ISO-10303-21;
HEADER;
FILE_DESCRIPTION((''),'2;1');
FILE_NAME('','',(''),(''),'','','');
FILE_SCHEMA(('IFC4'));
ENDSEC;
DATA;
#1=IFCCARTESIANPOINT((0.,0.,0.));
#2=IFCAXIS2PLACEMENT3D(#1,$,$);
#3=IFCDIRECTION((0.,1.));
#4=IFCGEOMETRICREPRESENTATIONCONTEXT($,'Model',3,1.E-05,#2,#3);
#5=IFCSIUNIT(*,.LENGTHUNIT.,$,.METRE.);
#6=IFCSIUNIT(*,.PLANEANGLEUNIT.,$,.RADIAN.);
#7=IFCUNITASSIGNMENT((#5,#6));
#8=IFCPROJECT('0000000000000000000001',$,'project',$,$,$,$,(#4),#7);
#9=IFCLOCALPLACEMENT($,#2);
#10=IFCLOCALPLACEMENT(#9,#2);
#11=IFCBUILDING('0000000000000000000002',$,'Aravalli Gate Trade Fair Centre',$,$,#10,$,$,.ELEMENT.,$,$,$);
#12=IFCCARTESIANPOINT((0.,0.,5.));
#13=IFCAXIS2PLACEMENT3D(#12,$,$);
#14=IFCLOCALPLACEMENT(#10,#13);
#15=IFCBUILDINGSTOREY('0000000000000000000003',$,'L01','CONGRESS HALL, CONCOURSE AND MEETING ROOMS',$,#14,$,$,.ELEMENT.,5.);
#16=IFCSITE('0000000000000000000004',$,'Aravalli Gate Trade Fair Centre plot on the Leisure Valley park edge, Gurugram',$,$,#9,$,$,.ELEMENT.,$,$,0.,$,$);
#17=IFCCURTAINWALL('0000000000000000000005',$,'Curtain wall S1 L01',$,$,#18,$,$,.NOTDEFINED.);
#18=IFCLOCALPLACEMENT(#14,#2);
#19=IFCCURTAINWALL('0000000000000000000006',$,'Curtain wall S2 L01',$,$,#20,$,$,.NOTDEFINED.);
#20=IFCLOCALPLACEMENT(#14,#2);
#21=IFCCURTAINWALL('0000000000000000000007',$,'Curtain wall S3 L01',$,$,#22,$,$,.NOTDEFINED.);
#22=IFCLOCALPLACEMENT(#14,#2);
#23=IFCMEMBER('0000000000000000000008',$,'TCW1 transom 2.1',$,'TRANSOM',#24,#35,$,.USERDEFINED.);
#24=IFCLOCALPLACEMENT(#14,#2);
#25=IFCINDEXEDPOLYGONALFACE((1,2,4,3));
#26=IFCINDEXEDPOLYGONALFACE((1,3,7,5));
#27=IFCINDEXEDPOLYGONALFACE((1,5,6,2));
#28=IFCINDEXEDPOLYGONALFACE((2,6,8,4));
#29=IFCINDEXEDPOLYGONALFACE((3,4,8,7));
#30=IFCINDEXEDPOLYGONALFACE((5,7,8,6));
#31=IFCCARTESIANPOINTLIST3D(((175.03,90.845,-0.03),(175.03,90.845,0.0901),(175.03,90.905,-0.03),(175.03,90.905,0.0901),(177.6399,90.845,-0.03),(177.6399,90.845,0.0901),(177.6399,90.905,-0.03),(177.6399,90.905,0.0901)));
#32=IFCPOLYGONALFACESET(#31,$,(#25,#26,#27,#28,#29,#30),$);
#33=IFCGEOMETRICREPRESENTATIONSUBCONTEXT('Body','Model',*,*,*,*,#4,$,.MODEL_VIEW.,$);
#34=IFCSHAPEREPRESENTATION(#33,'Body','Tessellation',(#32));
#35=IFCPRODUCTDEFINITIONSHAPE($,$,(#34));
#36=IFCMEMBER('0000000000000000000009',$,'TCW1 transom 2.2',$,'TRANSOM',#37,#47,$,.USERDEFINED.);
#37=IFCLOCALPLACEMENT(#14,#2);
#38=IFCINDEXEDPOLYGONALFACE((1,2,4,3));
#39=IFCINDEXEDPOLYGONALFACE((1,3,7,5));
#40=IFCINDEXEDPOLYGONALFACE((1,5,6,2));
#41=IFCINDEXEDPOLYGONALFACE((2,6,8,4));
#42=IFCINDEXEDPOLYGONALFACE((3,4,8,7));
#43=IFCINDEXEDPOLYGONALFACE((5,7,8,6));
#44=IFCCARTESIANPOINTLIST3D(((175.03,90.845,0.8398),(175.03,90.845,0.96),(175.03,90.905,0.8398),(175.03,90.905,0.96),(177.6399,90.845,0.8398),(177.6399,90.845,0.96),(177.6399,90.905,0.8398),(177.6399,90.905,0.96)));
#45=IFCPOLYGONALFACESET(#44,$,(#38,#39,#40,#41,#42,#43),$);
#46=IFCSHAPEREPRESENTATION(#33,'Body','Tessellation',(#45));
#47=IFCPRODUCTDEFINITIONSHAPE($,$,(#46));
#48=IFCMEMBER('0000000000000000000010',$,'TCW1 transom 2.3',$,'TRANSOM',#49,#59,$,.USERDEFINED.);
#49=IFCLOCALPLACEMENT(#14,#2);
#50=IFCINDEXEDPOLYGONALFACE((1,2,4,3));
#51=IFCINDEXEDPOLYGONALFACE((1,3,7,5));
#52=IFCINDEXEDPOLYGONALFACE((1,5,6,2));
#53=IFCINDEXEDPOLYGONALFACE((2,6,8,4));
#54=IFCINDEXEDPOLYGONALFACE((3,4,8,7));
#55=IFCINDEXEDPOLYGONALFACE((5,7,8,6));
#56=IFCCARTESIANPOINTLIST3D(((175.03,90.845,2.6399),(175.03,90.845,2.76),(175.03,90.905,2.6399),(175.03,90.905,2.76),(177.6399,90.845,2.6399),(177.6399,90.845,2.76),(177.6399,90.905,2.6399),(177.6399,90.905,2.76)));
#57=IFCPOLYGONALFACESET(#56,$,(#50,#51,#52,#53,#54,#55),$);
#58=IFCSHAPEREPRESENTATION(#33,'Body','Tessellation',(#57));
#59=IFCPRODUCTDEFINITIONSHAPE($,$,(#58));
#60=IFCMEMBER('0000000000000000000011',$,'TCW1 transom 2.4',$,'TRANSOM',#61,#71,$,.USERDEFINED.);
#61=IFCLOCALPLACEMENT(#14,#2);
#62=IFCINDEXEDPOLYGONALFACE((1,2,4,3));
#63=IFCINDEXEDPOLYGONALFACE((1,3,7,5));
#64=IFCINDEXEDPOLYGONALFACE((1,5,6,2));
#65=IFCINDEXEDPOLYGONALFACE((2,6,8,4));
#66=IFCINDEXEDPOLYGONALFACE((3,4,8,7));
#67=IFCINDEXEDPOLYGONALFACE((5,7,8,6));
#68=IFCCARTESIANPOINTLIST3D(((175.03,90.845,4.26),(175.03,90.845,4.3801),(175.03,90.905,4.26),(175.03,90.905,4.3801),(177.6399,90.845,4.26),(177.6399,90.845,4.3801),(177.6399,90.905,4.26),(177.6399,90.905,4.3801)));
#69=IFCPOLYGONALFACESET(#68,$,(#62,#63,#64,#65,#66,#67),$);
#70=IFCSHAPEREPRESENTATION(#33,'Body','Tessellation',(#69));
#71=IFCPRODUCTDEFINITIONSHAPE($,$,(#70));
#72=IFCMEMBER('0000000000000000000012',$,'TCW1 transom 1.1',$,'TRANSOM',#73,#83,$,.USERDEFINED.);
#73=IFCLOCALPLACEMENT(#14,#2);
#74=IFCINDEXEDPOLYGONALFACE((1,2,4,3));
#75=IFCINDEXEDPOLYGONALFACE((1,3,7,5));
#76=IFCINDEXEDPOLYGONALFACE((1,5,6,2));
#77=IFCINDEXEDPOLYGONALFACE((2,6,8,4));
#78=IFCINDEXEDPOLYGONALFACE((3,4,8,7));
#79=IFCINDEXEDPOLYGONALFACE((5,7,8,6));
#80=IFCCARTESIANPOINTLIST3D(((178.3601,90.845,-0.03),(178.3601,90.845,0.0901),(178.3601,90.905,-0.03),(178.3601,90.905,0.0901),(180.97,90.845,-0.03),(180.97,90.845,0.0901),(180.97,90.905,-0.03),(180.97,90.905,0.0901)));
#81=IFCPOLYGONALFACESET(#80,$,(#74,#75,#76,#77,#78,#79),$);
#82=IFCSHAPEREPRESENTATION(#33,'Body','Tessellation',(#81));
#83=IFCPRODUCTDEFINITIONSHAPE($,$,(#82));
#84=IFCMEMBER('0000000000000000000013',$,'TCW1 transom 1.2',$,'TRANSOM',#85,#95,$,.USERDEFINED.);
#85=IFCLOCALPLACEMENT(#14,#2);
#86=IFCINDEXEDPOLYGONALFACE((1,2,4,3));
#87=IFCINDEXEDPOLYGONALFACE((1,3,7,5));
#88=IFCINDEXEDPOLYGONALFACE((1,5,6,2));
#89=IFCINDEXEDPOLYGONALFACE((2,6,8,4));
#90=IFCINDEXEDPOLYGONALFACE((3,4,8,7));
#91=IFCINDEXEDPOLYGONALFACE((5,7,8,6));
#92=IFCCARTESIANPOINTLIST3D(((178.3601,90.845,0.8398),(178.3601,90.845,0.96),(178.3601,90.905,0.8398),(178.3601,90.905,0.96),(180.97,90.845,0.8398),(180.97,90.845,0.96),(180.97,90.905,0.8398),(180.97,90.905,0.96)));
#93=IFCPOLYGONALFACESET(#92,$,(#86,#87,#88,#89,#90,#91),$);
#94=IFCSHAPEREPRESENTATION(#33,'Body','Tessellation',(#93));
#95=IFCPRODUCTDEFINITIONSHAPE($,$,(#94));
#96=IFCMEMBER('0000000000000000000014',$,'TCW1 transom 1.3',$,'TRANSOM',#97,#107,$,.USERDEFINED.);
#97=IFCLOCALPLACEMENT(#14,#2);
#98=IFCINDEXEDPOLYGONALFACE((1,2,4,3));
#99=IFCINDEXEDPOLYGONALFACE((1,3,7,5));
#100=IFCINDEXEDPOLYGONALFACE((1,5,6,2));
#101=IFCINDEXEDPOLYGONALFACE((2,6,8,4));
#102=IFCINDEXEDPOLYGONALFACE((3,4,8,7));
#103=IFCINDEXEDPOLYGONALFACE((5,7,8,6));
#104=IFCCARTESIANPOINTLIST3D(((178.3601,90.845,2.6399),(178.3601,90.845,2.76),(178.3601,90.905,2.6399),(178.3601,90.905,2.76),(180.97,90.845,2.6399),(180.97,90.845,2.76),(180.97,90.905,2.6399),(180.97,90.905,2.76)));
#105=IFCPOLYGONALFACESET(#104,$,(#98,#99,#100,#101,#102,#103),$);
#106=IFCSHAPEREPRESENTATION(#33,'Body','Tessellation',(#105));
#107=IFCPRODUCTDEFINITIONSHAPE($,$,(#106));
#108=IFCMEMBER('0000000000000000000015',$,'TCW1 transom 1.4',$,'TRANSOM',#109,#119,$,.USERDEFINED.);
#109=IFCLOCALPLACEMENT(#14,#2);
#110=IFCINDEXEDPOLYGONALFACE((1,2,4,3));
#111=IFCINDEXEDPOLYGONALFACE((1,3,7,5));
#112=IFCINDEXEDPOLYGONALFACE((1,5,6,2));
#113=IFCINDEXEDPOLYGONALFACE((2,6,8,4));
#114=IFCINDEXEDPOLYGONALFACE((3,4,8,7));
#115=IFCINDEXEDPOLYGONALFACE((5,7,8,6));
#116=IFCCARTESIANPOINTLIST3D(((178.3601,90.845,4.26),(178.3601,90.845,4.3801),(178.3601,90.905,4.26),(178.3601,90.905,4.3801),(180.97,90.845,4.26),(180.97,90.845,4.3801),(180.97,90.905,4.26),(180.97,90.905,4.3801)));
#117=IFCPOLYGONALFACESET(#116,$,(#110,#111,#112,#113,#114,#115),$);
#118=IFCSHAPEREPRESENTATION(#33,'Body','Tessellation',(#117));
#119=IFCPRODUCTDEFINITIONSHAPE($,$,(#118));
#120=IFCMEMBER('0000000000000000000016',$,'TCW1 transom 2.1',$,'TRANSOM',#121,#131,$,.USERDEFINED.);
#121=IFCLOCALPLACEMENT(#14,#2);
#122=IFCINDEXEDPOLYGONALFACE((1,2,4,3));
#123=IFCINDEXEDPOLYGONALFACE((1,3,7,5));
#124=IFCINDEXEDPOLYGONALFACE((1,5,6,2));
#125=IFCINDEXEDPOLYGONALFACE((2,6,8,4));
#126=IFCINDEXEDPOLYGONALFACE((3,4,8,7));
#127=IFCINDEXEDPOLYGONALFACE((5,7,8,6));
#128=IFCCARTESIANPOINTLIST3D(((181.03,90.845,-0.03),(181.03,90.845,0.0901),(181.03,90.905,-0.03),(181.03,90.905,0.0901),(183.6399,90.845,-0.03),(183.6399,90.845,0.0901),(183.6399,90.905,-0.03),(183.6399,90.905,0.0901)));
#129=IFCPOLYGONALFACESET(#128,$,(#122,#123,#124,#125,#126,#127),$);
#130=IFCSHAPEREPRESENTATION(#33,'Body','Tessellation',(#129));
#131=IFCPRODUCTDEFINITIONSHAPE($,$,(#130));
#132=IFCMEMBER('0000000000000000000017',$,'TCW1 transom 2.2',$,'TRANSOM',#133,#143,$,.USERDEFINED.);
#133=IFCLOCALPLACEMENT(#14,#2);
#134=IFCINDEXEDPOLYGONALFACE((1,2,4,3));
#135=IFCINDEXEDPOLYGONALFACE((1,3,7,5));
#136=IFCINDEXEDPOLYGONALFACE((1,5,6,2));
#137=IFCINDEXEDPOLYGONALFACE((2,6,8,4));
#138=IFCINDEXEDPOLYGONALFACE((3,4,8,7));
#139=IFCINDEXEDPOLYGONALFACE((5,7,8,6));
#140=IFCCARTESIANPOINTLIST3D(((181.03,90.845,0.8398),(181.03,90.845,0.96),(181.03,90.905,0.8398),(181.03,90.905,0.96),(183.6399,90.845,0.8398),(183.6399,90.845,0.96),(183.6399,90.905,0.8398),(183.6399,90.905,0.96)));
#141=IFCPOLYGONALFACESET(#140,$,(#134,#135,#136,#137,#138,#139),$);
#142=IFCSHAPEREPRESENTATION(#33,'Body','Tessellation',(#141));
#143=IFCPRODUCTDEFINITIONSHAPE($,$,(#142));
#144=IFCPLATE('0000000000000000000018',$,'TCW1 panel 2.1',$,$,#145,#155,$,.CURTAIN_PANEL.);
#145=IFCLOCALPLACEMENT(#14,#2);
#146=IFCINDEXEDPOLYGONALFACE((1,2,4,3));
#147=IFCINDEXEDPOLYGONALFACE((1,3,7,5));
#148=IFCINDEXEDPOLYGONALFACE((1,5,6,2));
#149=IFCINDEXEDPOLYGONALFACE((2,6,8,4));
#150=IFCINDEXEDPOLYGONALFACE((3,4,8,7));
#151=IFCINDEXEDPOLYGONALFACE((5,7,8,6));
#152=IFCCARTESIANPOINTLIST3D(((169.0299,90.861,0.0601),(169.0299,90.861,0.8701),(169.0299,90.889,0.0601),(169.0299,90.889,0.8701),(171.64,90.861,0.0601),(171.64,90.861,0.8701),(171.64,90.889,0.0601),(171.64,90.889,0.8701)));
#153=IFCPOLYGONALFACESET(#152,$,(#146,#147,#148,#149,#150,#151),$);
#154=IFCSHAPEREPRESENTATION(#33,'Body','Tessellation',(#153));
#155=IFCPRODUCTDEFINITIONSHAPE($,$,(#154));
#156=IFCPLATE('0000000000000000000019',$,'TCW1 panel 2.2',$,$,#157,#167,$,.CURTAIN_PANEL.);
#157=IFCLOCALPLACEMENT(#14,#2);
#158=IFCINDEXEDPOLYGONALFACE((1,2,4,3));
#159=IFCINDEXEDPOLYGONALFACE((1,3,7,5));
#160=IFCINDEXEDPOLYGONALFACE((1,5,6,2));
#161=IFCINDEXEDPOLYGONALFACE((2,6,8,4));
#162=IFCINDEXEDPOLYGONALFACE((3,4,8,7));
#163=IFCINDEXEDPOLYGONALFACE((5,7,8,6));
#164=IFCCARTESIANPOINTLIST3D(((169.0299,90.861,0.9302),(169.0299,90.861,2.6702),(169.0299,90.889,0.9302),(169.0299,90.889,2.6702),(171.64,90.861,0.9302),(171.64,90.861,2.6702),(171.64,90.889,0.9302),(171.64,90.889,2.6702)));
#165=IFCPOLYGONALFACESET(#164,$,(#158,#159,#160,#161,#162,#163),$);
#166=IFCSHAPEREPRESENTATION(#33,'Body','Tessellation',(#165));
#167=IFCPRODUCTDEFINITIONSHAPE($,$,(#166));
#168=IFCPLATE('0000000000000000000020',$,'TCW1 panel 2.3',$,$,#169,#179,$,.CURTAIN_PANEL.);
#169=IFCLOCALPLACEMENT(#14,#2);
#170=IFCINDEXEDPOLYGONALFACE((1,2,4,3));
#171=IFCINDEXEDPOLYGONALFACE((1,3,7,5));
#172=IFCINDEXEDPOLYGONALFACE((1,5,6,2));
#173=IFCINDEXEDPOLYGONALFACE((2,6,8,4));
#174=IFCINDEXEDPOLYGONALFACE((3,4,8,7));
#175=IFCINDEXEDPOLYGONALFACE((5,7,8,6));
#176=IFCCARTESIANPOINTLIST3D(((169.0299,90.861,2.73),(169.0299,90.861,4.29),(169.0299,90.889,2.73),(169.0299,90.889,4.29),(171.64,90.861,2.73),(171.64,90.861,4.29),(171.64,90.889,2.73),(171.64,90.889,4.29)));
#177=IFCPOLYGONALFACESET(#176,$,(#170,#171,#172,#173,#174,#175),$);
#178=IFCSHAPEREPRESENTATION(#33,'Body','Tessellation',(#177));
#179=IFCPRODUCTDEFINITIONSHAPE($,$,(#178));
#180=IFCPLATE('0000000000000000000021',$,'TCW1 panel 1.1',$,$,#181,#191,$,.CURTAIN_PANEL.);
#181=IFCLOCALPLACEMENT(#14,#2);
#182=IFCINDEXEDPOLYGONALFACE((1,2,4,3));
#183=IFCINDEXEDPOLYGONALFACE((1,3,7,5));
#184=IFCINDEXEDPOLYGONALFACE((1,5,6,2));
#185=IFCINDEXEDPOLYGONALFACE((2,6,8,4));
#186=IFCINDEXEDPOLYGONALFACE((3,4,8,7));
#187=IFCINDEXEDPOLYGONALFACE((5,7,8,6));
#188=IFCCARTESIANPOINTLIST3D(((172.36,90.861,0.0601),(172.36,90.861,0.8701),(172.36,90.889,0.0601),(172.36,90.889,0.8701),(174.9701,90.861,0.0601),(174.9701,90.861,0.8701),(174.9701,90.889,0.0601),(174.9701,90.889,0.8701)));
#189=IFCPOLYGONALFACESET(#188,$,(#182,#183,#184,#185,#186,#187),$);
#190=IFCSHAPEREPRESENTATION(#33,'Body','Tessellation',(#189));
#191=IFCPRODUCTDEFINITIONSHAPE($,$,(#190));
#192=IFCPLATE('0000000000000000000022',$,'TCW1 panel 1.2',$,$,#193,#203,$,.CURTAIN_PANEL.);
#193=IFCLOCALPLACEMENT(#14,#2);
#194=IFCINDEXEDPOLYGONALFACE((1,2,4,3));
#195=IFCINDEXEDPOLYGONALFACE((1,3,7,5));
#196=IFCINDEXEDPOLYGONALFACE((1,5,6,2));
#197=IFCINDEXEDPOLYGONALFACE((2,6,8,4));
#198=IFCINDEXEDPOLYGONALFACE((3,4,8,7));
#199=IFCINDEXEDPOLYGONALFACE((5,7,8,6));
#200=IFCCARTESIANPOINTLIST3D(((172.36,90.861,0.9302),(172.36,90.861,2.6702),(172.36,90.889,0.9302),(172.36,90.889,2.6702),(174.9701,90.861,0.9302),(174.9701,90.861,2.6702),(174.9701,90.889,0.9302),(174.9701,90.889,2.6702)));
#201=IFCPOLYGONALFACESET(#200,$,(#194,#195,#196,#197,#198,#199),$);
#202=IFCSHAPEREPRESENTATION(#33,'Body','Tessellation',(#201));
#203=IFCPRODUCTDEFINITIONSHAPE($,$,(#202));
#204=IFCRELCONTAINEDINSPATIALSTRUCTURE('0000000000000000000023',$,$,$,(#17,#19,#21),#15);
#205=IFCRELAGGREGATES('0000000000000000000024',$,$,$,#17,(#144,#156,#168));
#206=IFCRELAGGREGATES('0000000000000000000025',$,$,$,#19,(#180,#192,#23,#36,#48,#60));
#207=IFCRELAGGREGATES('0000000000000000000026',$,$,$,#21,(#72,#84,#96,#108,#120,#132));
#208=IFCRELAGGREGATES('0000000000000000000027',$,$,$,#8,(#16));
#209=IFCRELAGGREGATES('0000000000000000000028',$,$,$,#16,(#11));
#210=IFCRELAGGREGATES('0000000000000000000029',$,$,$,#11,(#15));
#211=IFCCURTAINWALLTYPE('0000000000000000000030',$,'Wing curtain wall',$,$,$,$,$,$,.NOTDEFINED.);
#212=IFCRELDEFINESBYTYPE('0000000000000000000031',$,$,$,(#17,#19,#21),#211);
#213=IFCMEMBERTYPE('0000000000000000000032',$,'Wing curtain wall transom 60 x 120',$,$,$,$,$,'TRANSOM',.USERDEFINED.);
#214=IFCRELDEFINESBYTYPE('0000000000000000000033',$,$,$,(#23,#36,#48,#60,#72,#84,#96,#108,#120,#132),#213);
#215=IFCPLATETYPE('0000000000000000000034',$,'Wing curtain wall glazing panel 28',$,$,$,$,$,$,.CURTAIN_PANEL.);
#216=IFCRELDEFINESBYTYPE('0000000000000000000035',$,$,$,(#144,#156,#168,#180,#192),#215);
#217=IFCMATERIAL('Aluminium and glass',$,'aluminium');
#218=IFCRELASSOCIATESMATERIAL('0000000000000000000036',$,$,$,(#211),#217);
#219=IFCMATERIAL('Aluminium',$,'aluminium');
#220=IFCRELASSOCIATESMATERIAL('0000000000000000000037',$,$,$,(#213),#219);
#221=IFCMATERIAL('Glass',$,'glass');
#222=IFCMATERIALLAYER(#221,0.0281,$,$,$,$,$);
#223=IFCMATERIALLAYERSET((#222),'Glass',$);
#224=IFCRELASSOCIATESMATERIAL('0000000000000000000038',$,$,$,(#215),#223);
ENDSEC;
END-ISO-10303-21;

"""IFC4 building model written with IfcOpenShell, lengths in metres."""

from ifc_helpers import new_model, si_unit, direction, frame, origin, origin_2d, place, context, subcontext, project, spatial, rectangle, extrude, material, layer, layer_set, material_profile, profile_set, type_object, element, aggregate, save


model = new_model("IFC4")

# Units and contexts
model_context = context("Model", 3, precision=1e-05, world=origin(), true_north=direction((0.0, 1.0)))
body_context = subcontext(model_context, "Body", "Model", "MODEL_VIEW")
ifc_project = project(units=[si_unit("LENGTHUNIT", "METRE"), si_unit("PLANEANGLEUNIT", "RADIAN")], contexts=[model_context])

# Site, building, storey
site_placement = place(None, origin())
site = spatial("IfcSite", under=ifc_project, at=site_placement, Name="Aravalli Gate Trade Fair Centre plot on the Leisure Valley park edge, Gurugram", CompositionType="ELEMENT", RefElevation=0.0)
building_placement = place(site_placement, origin())
building = spatial("IfcBuilding", under=site, at=building_placement, Name="Aravalli Gate Trade Fair Centre", CompositionType="ELEMENT")
storey_placement = place(building_placement, frame((0.0, 0.0, 5.0)))
storey = spatial("IfcBuildingStorey", under=building, at=storey_placement, Name="L01", Description="CONGRESS HALL, CONCOURSE AND MEETING ROOMS", CompositionType="ELEMENT", Elevation=5.0)

# Curtain walls
ifc_material_1 = material(Name="Aluminium and glass", Category="aluminium")
curtain_wall_type = type_object("IfcCurtainWallType", Name="Wing curtain wall", PredefinedType="NOTDEFINED", material=ifc_material_1)
curtain_wall_1_placement = place(storey_placement, origin())
curtain_wall_1 = element("IfcCurtainWall", 1, at=curtain_wall_1_placement, inside=storey, type_object=curtain_wall_type, Name="Curtain wall S1 L01", PredefinedType="NOTDEFINED")
ifc_material_2 = material(Name="Aluminium", Category="aluminium")
curtain_wall_2_placement = place(storey_placement, origin())
curtain_wall_2 = element("IfcCurtainWall", 2, at=curtain_wall_2_placement, inside=storey, type_object=curtain_wall_type, Name="Curtain wall S2 L01", PredefinedType="NOTDEFINED")
curtain_wall_3_placement = place(storey_placement, origin())
curtain_wall_3 = element("IfcCurtainWall", 3, at=curtain_wall_3_placement, inside=storey, type_object=curtain_wall_type, Name="Curtain wall S3 L01", PredefinedType="NOTDEFINED")

# Members
ifc_material_profile_1 = material_profile(ifc_material_2, rectangle(XDim=0.0601, YDim=0.1201, at=origin_2d()), Name="Wing curtain wall transom 60 x 120")
ifc_profile_set_1 = profile_set([ifc_material_profile_1], Name="Aluminium")
member_type_1 = type_object("IfcMemberType", Name="Wing curtain wall transom 60 x 120", ElementType="TRANSOM", PredefinedType="USERDEFINED", material=ifc_profile_set_1)
member_1_placement = place(storey_placement, frame((175.03, 90.875, 0.03), z_axis=(1.0, 0.0, 0.0), x_axis=(0.0, 1.0, 0.0)))
member_1 = element("IfcMember", 4, at=member_1_placement, type_object=member_type_1, Name="TCW1 transom 2.1", ObjectType="TRANSOM", PredefinedType="USERDEFINED", context=body_context, shape_type="SweptSolid", body=[
    extrude(rectangle(XDim=0.0601, YDim=0.1201, at=origin_2d()), origin(), (0.0, 0.0, 1.0), 2.6099),
])
member_2_placement = place(storey_placement, frame((175.03, 90.875, 0.8999), z_axis=(1.0, 0.0, 0.0), x_axis=(0.0, 1.0, 0.0)))
member_2 = element("IfcMember", 5, at=member_2_placement, type_object=member_type_1, Name="TCW1 transom 2.2", ObjectType="TRANSOM", PredefinedType="USERDEFINED", context=body_context, shape_type="SweptSolid", body=[
    extrude(rectangle(XDim=0.0601, YDim=0.1201, at=origin_2d()), origin(), (0.0, 0.0, 1.0), 2.6099),
])
member_3_placement = place(storey_placement, frame((175.03, 90.875, 2.7), z_axis=(1.0, 0.0, 0.0), x_axis=(0.0, 1.0, 0.0)))
member_3 = element("IfcMember", 6, at=member_3_placement, type_object=member_type_1, Name="TCW1 transom 2.3", ObjectType="TRANSOM", PredefinedType="USERDEFINED", context=body_context, shape_type="SweptSolid", body=[
    extrude(rectangle(XDim=0.0601, YDim=0.1201, at=origin_2d()), origin(), (0.0, 0.0, 1.0), 2.6099),
])
member_4_placement = place(storey_placement, frame((175.03, 90.875, 4.3201), z_axis=(1.0, 0.0, 0.0), x_axis=(0.0, 1.0, 0.0)))
member_4 = element("IfcMember", 7, at=member_4_placement, type_object=member_type_1, Name="TCW1 transom 2.4", ObjectType="TRANSOM", PredefinedType="USERDEFINED", context=body_context, shape_type="SweptSolid", body=[
    extrude(rectangle(XDim=0.0601, YDim=0.1201, at=origin_2d()), origin(), (0.0, 0.0, 1.0), 2.6099),
])
member_5_placement = place(storey_placement, frame((178.3601, 90.875, 0.03), z_axis=(1.0, 0.0, 0.0), x_axis=(0.0, 1.0, 0.0)))
member_5 = element("IfcMember", 8, at=member_5_placement, type_object=member_type_1, Name="TCW1 transom 1.1", ObjectType="TRANSOM", PredefinedType="USERDEFINED", context=body_context, shape_type="SweptSolid", body=[
    extrude(rectangle(XDim=0.0601, YDim=0.1201, at=origin_2d()), origin(), (0.0, 0.0, 1.0), 2.6099),
])
member_6_placement = place(storey_placement, frame((178.3601, 90.875, 0.8999), z_axis=(1.0, 0.0, 0.0), x_axis=(0.0, 1.0, 0.0)))
member_6 = element("IfcMember", 9, at=member_6_placement, type_object=member_type_1, Name="TCW1 transom 1.2", ObjectType="TRANSOM", PredefinedType="USERDEFINED", context=body_context, shape_type="SweptSolid", body=[
    extrude(rectangle(XDim=0.0601, YDim=0.1201, at=origin_2d()), origin(), (0.0, 0.0, 1.0), 2.6099),
])
member_7_placement = place(storey_placement, frame((178.3601, 90.875, 2.7), z_axis=(1.0, 0.0, 0.0), x_axis=(0.0, 1.0, 0.0)))
member_7 = element("IfcMember", 10, at=member_7_placement, type_object=member_type_1, Name="TCW1 transom 1.3", ObjectType="TRANSOM", PredefinedType="USERDEFINED", context=body_context, shape_type="SweptSolid", body=[
    extrude(rectangle(XDim=0.0601, YDim=0.1201, at=origin_2d()), origin(), (0.0, 0.0, 1.0), 2.6099),
])
member_8_placement = place(storey_placement, frame((178.3601, 90.875, 4.3201), z_axis=(1.0, 0.0, 0.0), x_axis=(0.0, 1.0, 0.0)))
member_8 = element("IfcMember", 11, at=member_8_placement, type_object=member_type_1, Name="TCW1 transom 1.4", ObjectType="TRANSOM", PredefinedType="USERDEFINED", context=body_context, shape_type="SweptSolid", body=[
    extrude(rectangle(XDim=0.0601, YDim=0.1201, at=origin_2d()), origin(), (0.0, 0.0, 1.0), 2.6099),
])
member_9_placement = place(storey_placement, frame((181.03, 90.875, 0.03), z_axis=(1.0, 0.0, 0.0), x_axis=(0.0, 1.0, 0.0)))
member_9 = element("IfcMember", 12, at=member_9_placement, type_object=member_type_1, Name="TCW1 transom 2.1", ObjectType="TRANSOM", PredefinedType="USERDEFINED", context=body_context, shape_type="SweptSolid", body=[
    extrude(rectangle(XDim=0.0601, YDim=0.1201, at=origin_2d()), origin(), (0.0, 0.0, 1.0), 2.6099),
])
member_10_placement = place(storey_placement, frame((181.03, 90.875, 0.8999), z_axis=(1.0, 0.0, 0.0), x_axis=(0.0, 1.0, 0.0)))
member_10 = element("IfcMember", 13, at=member_10_placement, type_object=member_type_1, Name="TCW1 transom 2.2", ObjectType="TRANSOM", PredefinedType="USERDEFINED", context=body_context, shape_type="SweptSolid", body=[
    extrude(rectangle(XDim=0.0601, YDim=0.1201, at=origin_2d()), origin(), (0.0, 0.0, 1.0), 2.6099),
])

# Plates
ifc_material_3 = material(Name="Glass", Category="glass")
ifc_layer = layer(ifc_material_3, 0.0281)
ifc_layer_set = layer_set([ifc_layer], Name="Glass")
plate_type = type_object("IfcPlateType", Name="Wing curtain wall glazing panel 28", PredefinedType="CURTAIN_PANEL", material=ifc_layer_set)
plate_1_placement = place(storey_placement, frame((170.335, 90.875, 0.0601), z_axis=(0.0, 0.0, 1.0), x_axis=(1.0, 0.0, 0.0)))
plate_1 = element("IfcPlate", 14, at=plate_1_placement, type_object=plate_type, Name="TCW1 panel 2.1", PredefinedType="CURTAIN_PANEL", context=body_context, shape_type="SweptSolid", body=[
    extrude(rectangle(XDim=2.6101, YDim=0.0281, at=origin_2d()), origin(), (0.0, 0.0, 1.0), 0.8101),
])
plate_2_placement = place(storey_placement, frame((170.335, 90.875, 0.9302), z_axis=(0.0, 0.0, 1.0), x_axis=(1.0, 0.0, 0.0)))
plate_2 = element("IfcPlate", 15, at=plate_2_placement, type_object=plate_type, Name="TCW1 panel 2.2", PredefinedType="CURTAIN_PANEL", context=body_context, shape_type="SweptSolid", body=[
    extrude(rectangle(XDim=2.6101, YDim=0.0281, at=origin_2d()), origin(), (0.0, 0.0, 1.0), 1.74),
])
plate_3_placement = place(storey_placement, frame((170.335, 90.875, 2.73), z_axis=(0.0, 0.0, 1.0), x_axis=(1.0, 0.0, 0.0)))
plate_3 = element("IfcPlate", 16, at=plate_3_placement, type_object=plate_type, Name="TCW1 panel 2.3", PredefinedType="CURTAIN_PANEL", context=body_context, shape_type="SweptSolid", body=[
    extrude(rectangle(XDim=2.6101, YDim=0.0281, at=origin_2d()), origin(), (0.0, 0.0, 1.0), 1.5601),
])
aggregate(curtain_wall_1, [plate_1, plate_2, plate_3])
plate_4_placement = place(storey_placement, frame((173.665, 90.875, 0.0601), z_axis=(0.0, 0.0, 1.0), x_axis=(1.0, 0.0, 0.0)))
plate_4 = element("IfcPlate", 17, at=plate_4_placement, type_object=plate_type, Name="TCW1 panel 1.1", PredefinedType="CURTAIN_PANEL", context=body_context, shape_type="SweptSolid", body=[
    extrude(rectangle(XDim=2.6101, YDim=0.0281, at=origin_2d()), origin(), (0.0, 0.0, 1.0), 0.8101),
])
plate_5_placement = place(storey_placement, frame((173.665, 90.875, 0.9302), z_axis=(0.0, 0.0, 1.0), x_axis=(1.0, 0.0, 0.0)))
plate_5 = element("IfcPlate", 18, at=plate_5_placement, type_object=plate_type, Name="TCW1 panel 1.2", PredefinedType="CURTAIN_PANEL", context=body_context, shape_type="SweptSolid", body=[
    extrude(rectangle(XDim=2.6101, YDim=0.0281, at=origin_2d()), origin(), (0.0, 0.0, 1.0), 1.74),
])
aggregate(curtain_wall_2, [plate_4, plate_5, member_1, member_2, member_3, member_4])
aggregate(curtain_wall_3, [member_5, member_6, member_7, member_8, member_9, member_10])

save(model, "model.ifc")
